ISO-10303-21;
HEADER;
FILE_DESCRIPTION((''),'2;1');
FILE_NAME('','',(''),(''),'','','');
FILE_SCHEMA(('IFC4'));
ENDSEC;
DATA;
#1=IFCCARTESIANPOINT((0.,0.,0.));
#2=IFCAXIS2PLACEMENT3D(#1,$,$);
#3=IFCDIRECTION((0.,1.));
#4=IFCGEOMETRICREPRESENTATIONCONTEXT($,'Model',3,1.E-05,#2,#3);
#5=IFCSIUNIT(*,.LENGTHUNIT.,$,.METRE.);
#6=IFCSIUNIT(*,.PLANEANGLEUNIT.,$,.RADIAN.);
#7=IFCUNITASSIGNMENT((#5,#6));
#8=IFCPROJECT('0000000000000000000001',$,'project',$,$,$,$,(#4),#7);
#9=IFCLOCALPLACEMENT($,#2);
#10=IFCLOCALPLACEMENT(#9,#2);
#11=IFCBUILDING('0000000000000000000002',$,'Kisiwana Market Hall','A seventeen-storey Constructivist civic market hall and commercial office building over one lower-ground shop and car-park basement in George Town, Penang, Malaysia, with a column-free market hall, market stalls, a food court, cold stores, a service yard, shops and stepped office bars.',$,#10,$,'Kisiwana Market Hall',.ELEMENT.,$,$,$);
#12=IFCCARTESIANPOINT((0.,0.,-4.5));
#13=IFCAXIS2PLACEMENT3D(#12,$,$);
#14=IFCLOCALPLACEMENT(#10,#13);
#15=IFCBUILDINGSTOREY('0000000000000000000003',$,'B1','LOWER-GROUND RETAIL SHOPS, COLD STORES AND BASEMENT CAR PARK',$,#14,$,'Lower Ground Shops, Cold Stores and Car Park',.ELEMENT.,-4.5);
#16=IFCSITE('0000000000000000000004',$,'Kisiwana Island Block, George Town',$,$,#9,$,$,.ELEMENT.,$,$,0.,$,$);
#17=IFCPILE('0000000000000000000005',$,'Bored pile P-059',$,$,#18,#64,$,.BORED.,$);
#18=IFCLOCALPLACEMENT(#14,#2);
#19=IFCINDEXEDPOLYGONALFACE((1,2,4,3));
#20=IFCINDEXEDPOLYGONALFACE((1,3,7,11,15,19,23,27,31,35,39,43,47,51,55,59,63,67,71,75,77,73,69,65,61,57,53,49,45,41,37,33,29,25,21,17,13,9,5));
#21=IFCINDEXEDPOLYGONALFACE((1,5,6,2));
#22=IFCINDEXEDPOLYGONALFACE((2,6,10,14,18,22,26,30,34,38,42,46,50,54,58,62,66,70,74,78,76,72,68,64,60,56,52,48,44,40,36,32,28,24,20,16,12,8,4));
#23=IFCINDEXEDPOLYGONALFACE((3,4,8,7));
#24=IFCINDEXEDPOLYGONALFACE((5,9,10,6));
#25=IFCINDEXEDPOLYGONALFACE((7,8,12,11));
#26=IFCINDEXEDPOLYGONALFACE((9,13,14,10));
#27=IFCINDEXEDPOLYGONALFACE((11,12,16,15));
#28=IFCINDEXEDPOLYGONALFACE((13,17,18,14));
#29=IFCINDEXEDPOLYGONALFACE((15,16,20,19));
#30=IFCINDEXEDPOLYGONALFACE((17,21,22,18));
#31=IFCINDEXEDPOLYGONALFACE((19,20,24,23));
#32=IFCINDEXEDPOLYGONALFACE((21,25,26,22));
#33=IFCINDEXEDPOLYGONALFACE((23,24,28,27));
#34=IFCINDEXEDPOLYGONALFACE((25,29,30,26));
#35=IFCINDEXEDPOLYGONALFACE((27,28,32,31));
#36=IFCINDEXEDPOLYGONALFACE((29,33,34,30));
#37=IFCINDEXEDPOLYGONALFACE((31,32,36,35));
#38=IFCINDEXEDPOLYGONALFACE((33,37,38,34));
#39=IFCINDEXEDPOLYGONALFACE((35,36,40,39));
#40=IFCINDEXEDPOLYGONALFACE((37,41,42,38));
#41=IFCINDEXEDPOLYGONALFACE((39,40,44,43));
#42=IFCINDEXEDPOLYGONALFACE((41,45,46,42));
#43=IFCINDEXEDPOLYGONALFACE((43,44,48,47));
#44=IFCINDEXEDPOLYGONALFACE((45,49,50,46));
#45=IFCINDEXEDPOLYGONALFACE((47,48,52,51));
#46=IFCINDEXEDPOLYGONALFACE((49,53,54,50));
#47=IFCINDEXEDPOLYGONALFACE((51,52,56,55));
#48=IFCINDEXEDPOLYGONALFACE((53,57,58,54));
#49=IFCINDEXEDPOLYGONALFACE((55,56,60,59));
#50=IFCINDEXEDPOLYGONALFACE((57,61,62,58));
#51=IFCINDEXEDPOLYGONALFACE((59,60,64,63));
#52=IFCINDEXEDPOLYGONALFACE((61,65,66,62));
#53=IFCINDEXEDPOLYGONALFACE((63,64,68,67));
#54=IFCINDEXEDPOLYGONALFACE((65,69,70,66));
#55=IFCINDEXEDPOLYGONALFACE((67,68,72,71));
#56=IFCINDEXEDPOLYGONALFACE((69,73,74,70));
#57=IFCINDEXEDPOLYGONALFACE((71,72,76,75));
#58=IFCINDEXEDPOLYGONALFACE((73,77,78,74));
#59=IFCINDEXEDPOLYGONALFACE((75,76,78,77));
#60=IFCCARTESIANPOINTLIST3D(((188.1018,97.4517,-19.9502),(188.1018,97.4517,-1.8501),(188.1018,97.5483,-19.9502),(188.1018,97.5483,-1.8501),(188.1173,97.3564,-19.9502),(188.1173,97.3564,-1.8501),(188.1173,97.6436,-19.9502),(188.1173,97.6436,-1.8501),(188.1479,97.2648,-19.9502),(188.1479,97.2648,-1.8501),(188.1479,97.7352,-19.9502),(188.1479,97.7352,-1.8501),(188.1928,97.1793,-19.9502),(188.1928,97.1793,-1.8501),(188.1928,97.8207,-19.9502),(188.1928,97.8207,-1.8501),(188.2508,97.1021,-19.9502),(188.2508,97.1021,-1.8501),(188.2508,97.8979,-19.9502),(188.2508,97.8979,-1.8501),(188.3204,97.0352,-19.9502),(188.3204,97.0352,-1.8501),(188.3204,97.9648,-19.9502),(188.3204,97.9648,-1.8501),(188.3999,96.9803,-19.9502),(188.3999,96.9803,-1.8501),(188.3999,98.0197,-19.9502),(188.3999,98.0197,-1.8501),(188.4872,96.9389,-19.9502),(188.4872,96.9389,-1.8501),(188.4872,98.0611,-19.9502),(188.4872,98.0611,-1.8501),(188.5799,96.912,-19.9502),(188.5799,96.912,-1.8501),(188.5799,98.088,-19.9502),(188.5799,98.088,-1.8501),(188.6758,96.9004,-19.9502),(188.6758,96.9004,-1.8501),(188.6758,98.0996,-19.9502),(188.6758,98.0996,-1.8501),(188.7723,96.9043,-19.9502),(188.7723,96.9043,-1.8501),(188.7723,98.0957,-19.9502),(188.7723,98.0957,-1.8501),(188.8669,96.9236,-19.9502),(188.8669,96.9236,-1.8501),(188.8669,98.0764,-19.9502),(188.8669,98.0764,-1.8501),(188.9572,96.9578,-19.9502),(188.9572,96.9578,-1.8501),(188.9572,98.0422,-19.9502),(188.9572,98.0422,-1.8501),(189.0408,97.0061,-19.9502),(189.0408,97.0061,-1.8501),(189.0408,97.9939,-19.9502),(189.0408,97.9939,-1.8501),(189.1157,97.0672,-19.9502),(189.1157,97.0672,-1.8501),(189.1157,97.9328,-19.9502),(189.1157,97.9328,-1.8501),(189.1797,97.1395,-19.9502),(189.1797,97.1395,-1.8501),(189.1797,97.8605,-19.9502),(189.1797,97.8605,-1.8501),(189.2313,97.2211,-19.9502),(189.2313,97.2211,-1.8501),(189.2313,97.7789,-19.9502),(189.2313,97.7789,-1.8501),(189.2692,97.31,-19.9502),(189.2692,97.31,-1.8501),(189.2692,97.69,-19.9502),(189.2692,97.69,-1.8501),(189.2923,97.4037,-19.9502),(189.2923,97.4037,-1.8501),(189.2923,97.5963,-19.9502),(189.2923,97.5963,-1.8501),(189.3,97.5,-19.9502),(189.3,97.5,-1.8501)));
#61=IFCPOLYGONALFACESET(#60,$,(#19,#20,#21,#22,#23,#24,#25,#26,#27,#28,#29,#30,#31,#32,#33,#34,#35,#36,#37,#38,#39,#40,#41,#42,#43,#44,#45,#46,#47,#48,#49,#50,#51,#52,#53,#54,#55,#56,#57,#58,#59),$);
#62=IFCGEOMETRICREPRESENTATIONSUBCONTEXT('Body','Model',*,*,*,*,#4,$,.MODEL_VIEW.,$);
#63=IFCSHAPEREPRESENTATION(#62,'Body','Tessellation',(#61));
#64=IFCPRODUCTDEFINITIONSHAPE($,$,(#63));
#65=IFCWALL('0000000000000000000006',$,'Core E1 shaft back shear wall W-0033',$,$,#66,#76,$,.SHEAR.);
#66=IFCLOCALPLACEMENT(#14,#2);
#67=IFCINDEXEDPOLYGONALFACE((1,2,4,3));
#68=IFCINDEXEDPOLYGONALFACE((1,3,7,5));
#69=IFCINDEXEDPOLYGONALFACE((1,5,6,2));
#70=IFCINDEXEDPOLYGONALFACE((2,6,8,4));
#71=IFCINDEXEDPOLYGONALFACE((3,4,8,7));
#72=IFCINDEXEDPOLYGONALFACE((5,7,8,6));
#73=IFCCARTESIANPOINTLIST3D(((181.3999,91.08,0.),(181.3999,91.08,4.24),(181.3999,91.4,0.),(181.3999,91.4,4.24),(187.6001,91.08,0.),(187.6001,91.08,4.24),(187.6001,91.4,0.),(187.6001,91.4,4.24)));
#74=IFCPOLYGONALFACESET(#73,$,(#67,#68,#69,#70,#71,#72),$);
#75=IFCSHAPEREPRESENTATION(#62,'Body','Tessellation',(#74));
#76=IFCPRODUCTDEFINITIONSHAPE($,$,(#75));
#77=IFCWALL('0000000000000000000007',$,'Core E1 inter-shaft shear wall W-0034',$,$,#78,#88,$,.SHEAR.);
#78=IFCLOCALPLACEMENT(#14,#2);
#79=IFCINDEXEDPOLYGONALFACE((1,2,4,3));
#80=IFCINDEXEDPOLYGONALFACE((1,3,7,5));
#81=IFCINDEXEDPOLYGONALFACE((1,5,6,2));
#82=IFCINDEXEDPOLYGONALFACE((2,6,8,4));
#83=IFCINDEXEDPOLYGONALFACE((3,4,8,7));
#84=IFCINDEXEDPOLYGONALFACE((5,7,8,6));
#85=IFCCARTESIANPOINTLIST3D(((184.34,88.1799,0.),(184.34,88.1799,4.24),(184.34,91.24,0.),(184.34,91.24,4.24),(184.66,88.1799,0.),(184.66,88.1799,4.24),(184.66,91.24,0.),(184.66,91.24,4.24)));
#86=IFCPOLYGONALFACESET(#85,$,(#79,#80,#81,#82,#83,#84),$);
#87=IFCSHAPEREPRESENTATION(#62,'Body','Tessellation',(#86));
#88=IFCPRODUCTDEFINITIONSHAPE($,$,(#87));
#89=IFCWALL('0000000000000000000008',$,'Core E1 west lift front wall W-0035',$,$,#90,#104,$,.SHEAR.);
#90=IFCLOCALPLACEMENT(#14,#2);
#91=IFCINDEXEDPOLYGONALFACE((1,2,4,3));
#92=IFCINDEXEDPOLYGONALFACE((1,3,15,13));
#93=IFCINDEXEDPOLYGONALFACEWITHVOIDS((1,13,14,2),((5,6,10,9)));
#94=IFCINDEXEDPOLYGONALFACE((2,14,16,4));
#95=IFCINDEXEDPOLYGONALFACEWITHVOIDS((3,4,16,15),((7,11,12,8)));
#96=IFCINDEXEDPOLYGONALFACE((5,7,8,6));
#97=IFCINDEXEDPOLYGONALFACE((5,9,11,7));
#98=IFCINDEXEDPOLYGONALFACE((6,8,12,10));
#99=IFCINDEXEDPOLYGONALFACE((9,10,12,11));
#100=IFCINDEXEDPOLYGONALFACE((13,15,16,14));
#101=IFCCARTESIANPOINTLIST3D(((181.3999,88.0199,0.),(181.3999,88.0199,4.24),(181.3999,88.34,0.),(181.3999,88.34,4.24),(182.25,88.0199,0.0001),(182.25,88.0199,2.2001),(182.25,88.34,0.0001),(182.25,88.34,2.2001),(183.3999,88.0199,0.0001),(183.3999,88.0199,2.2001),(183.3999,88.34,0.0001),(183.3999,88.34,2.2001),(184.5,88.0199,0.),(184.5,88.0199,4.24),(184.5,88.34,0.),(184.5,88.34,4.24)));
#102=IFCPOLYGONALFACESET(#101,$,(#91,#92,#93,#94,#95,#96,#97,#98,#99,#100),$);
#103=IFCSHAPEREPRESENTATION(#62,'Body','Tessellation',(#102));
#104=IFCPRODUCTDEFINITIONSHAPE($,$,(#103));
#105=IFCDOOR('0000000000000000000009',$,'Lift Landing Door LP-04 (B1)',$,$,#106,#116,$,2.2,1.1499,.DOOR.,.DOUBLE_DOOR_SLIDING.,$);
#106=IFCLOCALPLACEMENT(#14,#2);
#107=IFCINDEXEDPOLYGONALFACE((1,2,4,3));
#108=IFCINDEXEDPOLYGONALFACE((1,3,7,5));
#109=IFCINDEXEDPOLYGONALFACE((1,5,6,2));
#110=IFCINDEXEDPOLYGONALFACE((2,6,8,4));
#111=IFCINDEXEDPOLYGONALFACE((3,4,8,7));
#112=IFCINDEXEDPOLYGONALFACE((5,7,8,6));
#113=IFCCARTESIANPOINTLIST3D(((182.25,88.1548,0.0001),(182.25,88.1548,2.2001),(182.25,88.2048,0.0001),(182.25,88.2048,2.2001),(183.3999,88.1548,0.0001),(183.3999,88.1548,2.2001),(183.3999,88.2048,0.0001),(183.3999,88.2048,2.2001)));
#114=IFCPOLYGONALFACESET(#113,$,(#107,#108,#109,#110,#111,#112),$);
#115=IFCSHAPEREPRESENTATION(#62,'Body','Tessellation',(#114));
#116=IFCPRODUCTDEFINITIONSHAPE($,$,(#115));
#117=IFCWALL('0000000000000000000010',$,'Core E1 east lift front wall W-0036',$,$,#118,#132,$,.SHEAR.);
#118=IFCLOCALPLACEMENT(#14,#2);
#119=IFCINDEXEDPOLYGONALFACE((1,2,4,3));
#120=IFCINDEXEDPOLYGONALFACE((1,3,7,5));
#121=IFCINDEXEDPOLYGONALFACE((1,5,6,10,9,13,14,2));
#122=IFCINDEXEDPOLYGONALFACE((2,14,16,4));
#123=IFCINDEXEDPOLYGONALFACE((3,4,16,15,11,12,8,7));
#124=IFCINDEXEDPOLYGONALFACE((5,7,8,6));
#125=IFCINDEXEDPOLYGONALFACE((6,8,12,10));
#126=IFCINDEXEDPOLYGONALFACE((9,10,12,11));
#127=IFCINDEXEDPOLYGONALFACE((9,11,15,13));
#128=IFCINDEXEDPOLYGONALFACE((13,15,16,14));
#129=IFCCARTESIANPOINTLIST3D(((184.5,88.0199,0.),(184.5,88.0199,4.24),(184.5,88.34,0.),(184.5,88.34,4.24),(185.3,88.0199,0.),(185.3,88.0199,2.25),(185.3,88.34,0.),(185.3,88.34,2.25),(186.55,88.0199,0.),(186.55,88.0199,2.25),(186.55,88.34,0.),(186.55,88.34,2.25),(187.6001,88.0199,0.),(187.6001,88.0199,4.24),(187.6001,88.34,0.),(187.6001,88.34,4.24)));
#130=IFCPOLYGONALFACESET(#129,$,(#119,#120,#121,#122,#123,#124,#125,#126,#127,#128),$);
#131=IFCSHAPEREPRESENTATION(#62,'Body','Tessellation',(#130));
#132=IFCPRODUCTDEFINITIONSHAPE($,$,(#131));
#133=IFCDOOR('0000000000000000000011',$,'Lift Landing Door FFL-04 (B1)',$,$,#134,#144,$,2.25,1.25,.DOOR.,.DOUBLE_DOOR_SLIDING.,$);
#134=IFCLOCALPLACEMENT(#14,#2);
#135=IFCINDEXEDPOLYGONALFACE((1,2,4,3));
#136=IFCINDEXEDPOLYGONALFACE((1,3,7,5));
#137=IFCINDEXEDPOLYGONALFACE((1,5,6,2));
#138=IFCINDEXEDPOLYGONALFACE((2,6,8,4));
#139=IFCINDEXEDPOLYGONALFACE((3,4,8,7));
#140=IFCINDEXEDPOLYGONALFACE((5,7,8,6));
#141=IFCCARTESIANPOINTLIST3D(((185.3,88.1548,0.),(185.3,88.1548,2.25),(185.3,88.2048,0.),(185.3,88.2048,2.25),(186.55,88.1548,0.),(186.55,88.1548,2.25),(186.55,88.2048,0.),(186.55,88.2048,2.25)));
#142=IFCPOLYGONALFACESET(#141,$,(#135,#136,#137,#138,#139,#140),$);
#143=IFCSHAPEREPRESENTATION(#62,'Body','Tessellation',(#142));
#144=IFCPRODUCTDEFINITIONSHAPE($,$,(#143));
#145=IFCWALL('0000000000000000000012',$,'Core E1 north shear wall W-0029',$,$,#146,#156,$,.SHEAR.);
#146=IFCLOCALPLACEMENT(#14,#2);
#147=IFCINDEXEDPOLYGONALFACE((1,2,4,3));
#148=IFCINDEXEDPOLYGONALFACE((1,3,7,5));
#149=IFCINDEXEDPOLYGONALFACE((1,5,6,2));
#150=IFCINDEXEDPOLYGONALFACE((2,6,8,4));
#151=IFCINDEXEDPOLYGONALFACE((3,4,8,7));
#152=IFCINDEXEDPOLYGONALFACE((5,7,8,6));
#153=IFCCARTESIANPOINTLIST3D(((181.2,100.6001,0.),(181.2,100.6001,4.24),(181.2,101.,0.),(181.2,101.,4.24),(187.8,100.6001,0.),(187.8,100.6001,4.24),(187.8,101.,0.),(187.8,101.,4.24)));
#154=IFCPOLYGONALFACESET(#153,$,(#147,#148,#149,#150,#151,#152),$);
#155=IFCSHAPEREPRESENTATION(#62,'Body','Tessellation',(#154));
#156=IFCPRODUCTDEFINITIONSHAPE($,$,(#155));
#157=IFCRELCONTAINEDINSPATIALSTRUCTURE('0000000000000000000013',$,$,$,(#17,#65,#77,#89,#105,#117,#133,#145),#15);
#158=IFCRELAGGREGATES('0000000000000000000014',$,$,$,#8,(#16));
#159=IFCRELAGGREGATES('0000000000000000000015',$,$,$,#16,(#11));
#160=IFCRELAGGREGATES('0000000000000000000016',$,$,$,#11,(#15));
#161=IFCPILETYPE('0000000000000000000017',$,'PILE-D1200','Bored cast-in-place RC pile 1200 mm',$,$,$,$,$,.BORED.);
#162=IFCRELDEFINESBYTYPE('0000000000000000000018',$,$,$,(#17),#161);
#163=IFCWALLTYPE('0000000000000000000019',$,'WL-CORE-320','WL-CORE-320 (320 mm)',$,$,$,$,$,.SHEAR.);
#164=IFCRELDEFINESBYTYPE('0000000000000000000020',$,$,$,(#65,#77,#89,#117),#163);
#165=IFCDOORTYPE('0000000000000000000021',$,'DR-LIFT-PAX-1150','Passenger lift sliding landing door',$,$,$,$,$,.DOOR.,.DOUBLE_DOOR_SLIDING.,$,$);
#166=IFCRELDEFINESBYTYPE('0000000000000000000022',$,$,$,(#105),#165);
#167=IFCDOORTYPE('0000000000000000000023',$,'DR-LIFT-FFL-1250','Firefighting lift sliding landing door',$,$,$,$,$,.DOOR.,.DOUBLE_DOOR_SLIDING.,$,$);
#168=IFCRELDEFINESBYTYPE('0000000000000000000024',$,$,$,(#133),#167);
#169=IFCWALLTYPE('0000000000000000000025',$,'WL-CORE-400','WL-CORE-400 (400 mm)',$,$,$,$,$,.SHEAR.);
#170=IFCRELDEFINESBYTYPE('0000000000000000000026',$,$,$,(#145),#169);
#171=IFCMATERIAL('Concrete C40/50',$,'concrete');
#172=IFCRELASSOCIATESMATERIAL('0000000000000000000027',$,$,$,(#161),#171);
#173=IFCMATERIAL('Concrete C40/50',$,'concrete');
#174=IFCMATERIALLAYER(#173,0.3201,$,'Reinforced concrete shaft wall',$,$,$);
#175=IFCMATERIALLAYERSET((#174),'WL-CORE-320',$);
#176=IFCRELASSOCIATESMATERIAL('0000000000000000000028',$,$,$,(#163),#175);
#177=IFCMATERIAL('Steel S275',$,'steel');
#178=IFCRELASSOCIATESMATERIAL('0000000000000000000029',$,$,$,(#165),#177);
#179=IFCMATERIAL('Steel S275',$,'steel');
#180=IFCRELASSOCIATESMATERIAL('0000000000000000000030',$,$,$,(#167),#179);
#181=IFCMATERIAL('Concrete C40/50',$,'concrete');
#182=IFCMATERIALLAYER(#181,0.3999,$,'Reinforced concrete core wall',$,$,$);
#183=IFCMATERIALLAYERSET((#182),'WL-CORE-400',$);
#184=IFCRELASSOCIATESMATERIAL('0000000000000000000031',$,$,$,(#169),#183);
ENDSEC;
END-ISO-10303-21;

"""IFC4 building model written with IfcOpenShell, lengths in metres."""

from ifc_helpers import new_model, si_unit, direction, frame, frame_2d, origin, origin_2d, place, context, subcontext, project, spatial, rectangle, circle, extrude, material, layer, layer_set, material_profile, profile_set, type_object, element, fill, save


model = new_model("IFC4")

# Units and contexts
model_context = context("Model", 3, precision=1e-05, world=origin(), true_north=direction((0.0, 1.0)))
body_context = subcontext(model_context, "Body", "Model", "MODEL_VIEW")
ifc_project = project(units=[si_unit("LENGTHUNIT", "METRE"), si_unit("PLANEANGLEUNIT", "RADIAN")], contexts=[model_context])

# Site, building, storey
site_placement = place(None, origin())
site = spatial("IfcSite", under=ifc_project, at=site_placement, Name="Kisiwana Island Block, George Town", CompositionType="ELEMENT", RefElevation=0.0)
building_placement = place(site_placement, origin())
building = spatial("IfcBuilding", under=site, at=building_placement, Name="Kisiwana Market Hall", Description="A seventeen-storey Constructivist civic market hall and commercial office building over one lower-ground shop and car-park basement in George Town, Penang, Malaysia, with a column-free market hall, market stalls, a food court, cold stores, a service yard, shops and stepped office bars.", LongName="Kisiwana Market Hall", CompositionType="ELEMENT")
storey_placement = place(building_placement, frame((0.0, 0.0, -4.5)))
storey = spatial("IfcBuildingStorey", under=building, at=storey_placement, Name="B1", Description="LOWER-GROUND RETAIL SHOPS, COLD STORES AND BASEMENT CAR PARK", LongName="Lower Ground Shops, Cold Stores and Car Park", CompositionType="ELEMENT", Elevation=-4.5)

# Pile
ifc_material_1 = material(Name="Concrete C40/50", Category="concrete")
ifc_material_profile_1 = material_profile(ifc_material_1, circle(Radius=0.6001, at=origin_2d()), Name="BP D1200")
ifc_profile_set_1 = profile_set([ifc_material_profile_1], Name="Concrete C40/50")
pile_type_1 = type_object("IfcPileType", Name="PILE-D1200", Description="Bored cast-in-place RC pile 1200 mm", PredefinedType="BORED", material=ifc_profile_set_1)
for number, where, z_axis, x_axis, name in (
    (1, (188.7, 97.5, -1.8501), (0.0, 0.0, -1.0), (1.0, 0.0, 0.0), "Bored pile P-059"),
):
    element("IfcPile", number, at=place(storey_placement, frame(where, z_axis=z_axis, x_axis=x_axis)), inside=storey, type_object=pile_type_1, Name=name, PredefinedType="BORED", context=body_context, shape_type="SweptSolid", body=[
        extrude(circle(Radius=0.6001, at=origin_2d()), origin(), (0.0, 0.0, 1.0), 18.1001),
    ])

# Walls
ifc_material_2 = material(Name="Concrete C40/50", Category="concrete")
ifc_layer_1 = layer(ifc_material_2, 0.3201, Name="Reinforced concrete shaft wall")
ifc_layer_set_1 = layer_set([ifc_layer_1], Name="WL-CORE-320")
wall_type_1 = type_object("IfcWallType", Name="WL-CORE-320", Description="WL-CORE-320 (320 mm)", PredefinedType="SHEAR", material=ifc_layer_set_1)
wall_1_placement = place(storey_placement, frame((181.3999, 91.24, 0.0), z_axis=(0.0, 0.0, 1.0), x_axis=(1.0, 0.0, 0.0)))
element("IfcWall", 2, at=wall_1_placement, inside=storey, type_object=wall_type_1, Name="Core E1 shaft back shear wall W-0033", PredefinedType="SHEAR", context=body_context, shape_type="SweptSolid", body=[
    extrude(rectangle(XDim=6.2002, YDim=0.3201, at=frame_2d((3.1001, 0.0))), origin(), (0.0, 0.0, 1.0), 4.24),
])
wall_2_placement = place(storey_placement, frame((184.5, 88.1799, 0.0), z_axis=(0.0, 0.0, 1.0), x_axis=(0.0, 1.0, 0.0)))
element("IfcWall", 3, at=wall_2_placement, inside=storey, type_object=wall_type_1, Name="Core E1 inter-shaft shear wall W-0034", PredefinedType="SHEAR", context=body_context, shape_type="SweptSolid", body=[
    extrude(rectangle(XDim=3.0601, YDim=0.3201, at=frame_2d((1.53, 0.0))), origin(), (0.0, 0.0, 1.0), 4.24),
])

# Walls, openings, doors
wall_3_placement = place(storey_placement, frame((181.3999, 88.1799, 0.0), z_axis=(0.0, 0.0, 1.0), x_axis=(1.0, 0.0, 0.0)))
wall_3 = element("IfcWall", 4, at=wall_3_placement, inside=storey, type_object=wall_type_1, Name="Core E1 west lift front wall W-0035", PredefinedType="SHEAR", context=body_context, shape_type="SweptSolid", body=[
    extrude(rectangle(XDim=3.1001, YDim=0.3201, at=frame_2d((1.55, 0.0))), origin(), (0.0, 0.0, 1.0), 4.24),
])
opening_1_placement = place(wall_3_placement, frame((0.8501, 0.0, 0.0)))
opening_1 = element("IfcOpeningElement", 5, at=opening_1_placement, cuts=wall_3, PredefinedType="OPENING", context=body_context, shape_type="SweptSolid", body=[
    extrude(rectangle(XDim=1.1499, YDim=2.2, at=frame_2d((0.575, 1.1001))), frame((0.0, 0.1719, 0.0), z_axis=(0.0, -1.0, 0.0), x_axis=(1.0, 0.0, 0.0)), (0.0, 0.0, 1.0), 0.344),
])
ifc_material_3 = material(Name="Steel S275", Category="steel")
door_type_1 = type_object("IfcDoorType", Name="DR-LIFT-PAX-1150", Description="Passenger lift sliding landing door", OperationType="DOUBLE_DOOR_SLIDING", PredefinedType="DOOR", material=ifc_material_3)
door_1_placement = place(opening_1_placement, origin())
door_1 = element("IfcDoor", 6, at=door_1_placement, inside=storey, type_object=door_type_1, Name="Lift Landing Door LP-04 (B1)", OperationType="DOUBLE_DOOR_SLIDING", OverallHeight=2.2, OverallWidth=1.1499, PredefinedType="DOOR", context=body_context, shape_type="SweptSolid", body=[
    extrude(rectangle(XDim=1.1499, YDim=2.2, at=frame_2d((0.575, 1.1001))), frame((0.0, 0.0249, 0.0), z_axis=(0.0, -1.0, 0.0), x_axis=(1.0, 0.0, 0.0)), (0.0, 0.0, 1.0), 0.05),
])
fill(opening_1, door_1)
wall_4_placement = place(storey_placement, frame((184.5, 88.1799, 0.0), z_axis=(0.0, 0.0, 1.0), x_axis=(1.0, 0.0, 0.0)))
wall_4 = element("IfcWall", 7, at=wall_4_placement, inside=storey, type_object=wall_type_1, Name="Core E1 east lift front wall W-0036", PredefinedType="SHEAR", context=body_context, shape_type="SweptSolid", body=[
    extrude(rectangle(XDim=3.1001, YDim=0.3201, at=frame_2d((1.55, 0.0))), origin(), (0.0, 0.0, 1.0), 4.24),
])
opening_2_placement = place(wall_4_placement, frame((0.8, 0.0, 0.0)))
opening_2 = element("IfcOpeningElement", 8, at=opening_2_placement, cuts=wall_4, PredefinedType="OPENING", context=body_context, shape_type="SweptSolid", body=[
    extrude(rectangle(XDim=1.25, YDim=2.25, at=frame_2d((0.625, 1.125))), frame((0.0, 0.1719, 0.0), z_axis=(0.0, -1.0, 0.0), x_axis=(1.0, 0.0, 0.0)), (0.0, 0.0, 1.0), 0.344),
])
ifc_material_4 = material(Name="Steel S275", Category="steel")
door_type_2 = type_object("IfcDoorType", Name="DR-LIFT-FFL-1250", Description="Firefighting lift sliding landing door", OperationType="DOUBLE_DOOR_SLIDING", PredefinedType="DOOR", material=ifc_material_4)
door_2_placement = place(opening_2_placement, origin())
door_2 = element("IfcDoor", 9, at=door_2_placement, inside=storey, type_object=door_type_2, Name="Lift Landing Door FFL-04 (B1)", OperationType="DOUBLE_DOOR_SLIDING", OverallHeight=2.25, OverallWidth=1.25, PredefinedType="DOOR", context=body_context, shape_type="SweptSolid", body=[
    extrude(rectangle(XDim=1.25, YDim=2.25, at=frame_2d((0.625, 1.125))), frame((0.0, 0.0249, 0.0), z_axis=(0.0, -1.0, 0.0), x_axis=(1.0, 0.0, 0.0)), (0.0, 0.0, 1.0), 0.05),
])
fill(opening_2, door_2)

# Wall
ifc_material_5 = material(Name="Concrete C40/50", Category="concrete")
ifc_layer_2 = layer(ifc_material_5, 0.3999, Name="Reinforced concrete core wall")
ifc_layer_set_2 = layer_set([ifc_layer_2], Name="WL-CORE-400")
wall_type_2 = type_object("IfcWallType", Name="WL-CORE-400", Description="WL-CORE-400 (400 mm)", PredefinedType="SHEAR", material=ifc_layer_set_2)
wall_5_placement = place(storey_placement, frame((181.2, 100.8, 0.0), z_axis=(0.0, 0.0, 1.0), x_axis=(1.0, 0.0, 0.0)))
element("IfcWall", 10, at=wall_5_placement, inside=storey, type_object=wall_type_2, Name="Core E1 north shear wall W-0029", PredefinedType="SHEAR", context=body_context, shape_type="SweptSolid", body=[
    extrude(rectangle(XDim=6.6001, YDim=0.3999, at=frame_2d((3.3, 0.0))), origin(), (0.0, 0.0, 1.0), 4.24),
])

save(model, "model.ifc")
